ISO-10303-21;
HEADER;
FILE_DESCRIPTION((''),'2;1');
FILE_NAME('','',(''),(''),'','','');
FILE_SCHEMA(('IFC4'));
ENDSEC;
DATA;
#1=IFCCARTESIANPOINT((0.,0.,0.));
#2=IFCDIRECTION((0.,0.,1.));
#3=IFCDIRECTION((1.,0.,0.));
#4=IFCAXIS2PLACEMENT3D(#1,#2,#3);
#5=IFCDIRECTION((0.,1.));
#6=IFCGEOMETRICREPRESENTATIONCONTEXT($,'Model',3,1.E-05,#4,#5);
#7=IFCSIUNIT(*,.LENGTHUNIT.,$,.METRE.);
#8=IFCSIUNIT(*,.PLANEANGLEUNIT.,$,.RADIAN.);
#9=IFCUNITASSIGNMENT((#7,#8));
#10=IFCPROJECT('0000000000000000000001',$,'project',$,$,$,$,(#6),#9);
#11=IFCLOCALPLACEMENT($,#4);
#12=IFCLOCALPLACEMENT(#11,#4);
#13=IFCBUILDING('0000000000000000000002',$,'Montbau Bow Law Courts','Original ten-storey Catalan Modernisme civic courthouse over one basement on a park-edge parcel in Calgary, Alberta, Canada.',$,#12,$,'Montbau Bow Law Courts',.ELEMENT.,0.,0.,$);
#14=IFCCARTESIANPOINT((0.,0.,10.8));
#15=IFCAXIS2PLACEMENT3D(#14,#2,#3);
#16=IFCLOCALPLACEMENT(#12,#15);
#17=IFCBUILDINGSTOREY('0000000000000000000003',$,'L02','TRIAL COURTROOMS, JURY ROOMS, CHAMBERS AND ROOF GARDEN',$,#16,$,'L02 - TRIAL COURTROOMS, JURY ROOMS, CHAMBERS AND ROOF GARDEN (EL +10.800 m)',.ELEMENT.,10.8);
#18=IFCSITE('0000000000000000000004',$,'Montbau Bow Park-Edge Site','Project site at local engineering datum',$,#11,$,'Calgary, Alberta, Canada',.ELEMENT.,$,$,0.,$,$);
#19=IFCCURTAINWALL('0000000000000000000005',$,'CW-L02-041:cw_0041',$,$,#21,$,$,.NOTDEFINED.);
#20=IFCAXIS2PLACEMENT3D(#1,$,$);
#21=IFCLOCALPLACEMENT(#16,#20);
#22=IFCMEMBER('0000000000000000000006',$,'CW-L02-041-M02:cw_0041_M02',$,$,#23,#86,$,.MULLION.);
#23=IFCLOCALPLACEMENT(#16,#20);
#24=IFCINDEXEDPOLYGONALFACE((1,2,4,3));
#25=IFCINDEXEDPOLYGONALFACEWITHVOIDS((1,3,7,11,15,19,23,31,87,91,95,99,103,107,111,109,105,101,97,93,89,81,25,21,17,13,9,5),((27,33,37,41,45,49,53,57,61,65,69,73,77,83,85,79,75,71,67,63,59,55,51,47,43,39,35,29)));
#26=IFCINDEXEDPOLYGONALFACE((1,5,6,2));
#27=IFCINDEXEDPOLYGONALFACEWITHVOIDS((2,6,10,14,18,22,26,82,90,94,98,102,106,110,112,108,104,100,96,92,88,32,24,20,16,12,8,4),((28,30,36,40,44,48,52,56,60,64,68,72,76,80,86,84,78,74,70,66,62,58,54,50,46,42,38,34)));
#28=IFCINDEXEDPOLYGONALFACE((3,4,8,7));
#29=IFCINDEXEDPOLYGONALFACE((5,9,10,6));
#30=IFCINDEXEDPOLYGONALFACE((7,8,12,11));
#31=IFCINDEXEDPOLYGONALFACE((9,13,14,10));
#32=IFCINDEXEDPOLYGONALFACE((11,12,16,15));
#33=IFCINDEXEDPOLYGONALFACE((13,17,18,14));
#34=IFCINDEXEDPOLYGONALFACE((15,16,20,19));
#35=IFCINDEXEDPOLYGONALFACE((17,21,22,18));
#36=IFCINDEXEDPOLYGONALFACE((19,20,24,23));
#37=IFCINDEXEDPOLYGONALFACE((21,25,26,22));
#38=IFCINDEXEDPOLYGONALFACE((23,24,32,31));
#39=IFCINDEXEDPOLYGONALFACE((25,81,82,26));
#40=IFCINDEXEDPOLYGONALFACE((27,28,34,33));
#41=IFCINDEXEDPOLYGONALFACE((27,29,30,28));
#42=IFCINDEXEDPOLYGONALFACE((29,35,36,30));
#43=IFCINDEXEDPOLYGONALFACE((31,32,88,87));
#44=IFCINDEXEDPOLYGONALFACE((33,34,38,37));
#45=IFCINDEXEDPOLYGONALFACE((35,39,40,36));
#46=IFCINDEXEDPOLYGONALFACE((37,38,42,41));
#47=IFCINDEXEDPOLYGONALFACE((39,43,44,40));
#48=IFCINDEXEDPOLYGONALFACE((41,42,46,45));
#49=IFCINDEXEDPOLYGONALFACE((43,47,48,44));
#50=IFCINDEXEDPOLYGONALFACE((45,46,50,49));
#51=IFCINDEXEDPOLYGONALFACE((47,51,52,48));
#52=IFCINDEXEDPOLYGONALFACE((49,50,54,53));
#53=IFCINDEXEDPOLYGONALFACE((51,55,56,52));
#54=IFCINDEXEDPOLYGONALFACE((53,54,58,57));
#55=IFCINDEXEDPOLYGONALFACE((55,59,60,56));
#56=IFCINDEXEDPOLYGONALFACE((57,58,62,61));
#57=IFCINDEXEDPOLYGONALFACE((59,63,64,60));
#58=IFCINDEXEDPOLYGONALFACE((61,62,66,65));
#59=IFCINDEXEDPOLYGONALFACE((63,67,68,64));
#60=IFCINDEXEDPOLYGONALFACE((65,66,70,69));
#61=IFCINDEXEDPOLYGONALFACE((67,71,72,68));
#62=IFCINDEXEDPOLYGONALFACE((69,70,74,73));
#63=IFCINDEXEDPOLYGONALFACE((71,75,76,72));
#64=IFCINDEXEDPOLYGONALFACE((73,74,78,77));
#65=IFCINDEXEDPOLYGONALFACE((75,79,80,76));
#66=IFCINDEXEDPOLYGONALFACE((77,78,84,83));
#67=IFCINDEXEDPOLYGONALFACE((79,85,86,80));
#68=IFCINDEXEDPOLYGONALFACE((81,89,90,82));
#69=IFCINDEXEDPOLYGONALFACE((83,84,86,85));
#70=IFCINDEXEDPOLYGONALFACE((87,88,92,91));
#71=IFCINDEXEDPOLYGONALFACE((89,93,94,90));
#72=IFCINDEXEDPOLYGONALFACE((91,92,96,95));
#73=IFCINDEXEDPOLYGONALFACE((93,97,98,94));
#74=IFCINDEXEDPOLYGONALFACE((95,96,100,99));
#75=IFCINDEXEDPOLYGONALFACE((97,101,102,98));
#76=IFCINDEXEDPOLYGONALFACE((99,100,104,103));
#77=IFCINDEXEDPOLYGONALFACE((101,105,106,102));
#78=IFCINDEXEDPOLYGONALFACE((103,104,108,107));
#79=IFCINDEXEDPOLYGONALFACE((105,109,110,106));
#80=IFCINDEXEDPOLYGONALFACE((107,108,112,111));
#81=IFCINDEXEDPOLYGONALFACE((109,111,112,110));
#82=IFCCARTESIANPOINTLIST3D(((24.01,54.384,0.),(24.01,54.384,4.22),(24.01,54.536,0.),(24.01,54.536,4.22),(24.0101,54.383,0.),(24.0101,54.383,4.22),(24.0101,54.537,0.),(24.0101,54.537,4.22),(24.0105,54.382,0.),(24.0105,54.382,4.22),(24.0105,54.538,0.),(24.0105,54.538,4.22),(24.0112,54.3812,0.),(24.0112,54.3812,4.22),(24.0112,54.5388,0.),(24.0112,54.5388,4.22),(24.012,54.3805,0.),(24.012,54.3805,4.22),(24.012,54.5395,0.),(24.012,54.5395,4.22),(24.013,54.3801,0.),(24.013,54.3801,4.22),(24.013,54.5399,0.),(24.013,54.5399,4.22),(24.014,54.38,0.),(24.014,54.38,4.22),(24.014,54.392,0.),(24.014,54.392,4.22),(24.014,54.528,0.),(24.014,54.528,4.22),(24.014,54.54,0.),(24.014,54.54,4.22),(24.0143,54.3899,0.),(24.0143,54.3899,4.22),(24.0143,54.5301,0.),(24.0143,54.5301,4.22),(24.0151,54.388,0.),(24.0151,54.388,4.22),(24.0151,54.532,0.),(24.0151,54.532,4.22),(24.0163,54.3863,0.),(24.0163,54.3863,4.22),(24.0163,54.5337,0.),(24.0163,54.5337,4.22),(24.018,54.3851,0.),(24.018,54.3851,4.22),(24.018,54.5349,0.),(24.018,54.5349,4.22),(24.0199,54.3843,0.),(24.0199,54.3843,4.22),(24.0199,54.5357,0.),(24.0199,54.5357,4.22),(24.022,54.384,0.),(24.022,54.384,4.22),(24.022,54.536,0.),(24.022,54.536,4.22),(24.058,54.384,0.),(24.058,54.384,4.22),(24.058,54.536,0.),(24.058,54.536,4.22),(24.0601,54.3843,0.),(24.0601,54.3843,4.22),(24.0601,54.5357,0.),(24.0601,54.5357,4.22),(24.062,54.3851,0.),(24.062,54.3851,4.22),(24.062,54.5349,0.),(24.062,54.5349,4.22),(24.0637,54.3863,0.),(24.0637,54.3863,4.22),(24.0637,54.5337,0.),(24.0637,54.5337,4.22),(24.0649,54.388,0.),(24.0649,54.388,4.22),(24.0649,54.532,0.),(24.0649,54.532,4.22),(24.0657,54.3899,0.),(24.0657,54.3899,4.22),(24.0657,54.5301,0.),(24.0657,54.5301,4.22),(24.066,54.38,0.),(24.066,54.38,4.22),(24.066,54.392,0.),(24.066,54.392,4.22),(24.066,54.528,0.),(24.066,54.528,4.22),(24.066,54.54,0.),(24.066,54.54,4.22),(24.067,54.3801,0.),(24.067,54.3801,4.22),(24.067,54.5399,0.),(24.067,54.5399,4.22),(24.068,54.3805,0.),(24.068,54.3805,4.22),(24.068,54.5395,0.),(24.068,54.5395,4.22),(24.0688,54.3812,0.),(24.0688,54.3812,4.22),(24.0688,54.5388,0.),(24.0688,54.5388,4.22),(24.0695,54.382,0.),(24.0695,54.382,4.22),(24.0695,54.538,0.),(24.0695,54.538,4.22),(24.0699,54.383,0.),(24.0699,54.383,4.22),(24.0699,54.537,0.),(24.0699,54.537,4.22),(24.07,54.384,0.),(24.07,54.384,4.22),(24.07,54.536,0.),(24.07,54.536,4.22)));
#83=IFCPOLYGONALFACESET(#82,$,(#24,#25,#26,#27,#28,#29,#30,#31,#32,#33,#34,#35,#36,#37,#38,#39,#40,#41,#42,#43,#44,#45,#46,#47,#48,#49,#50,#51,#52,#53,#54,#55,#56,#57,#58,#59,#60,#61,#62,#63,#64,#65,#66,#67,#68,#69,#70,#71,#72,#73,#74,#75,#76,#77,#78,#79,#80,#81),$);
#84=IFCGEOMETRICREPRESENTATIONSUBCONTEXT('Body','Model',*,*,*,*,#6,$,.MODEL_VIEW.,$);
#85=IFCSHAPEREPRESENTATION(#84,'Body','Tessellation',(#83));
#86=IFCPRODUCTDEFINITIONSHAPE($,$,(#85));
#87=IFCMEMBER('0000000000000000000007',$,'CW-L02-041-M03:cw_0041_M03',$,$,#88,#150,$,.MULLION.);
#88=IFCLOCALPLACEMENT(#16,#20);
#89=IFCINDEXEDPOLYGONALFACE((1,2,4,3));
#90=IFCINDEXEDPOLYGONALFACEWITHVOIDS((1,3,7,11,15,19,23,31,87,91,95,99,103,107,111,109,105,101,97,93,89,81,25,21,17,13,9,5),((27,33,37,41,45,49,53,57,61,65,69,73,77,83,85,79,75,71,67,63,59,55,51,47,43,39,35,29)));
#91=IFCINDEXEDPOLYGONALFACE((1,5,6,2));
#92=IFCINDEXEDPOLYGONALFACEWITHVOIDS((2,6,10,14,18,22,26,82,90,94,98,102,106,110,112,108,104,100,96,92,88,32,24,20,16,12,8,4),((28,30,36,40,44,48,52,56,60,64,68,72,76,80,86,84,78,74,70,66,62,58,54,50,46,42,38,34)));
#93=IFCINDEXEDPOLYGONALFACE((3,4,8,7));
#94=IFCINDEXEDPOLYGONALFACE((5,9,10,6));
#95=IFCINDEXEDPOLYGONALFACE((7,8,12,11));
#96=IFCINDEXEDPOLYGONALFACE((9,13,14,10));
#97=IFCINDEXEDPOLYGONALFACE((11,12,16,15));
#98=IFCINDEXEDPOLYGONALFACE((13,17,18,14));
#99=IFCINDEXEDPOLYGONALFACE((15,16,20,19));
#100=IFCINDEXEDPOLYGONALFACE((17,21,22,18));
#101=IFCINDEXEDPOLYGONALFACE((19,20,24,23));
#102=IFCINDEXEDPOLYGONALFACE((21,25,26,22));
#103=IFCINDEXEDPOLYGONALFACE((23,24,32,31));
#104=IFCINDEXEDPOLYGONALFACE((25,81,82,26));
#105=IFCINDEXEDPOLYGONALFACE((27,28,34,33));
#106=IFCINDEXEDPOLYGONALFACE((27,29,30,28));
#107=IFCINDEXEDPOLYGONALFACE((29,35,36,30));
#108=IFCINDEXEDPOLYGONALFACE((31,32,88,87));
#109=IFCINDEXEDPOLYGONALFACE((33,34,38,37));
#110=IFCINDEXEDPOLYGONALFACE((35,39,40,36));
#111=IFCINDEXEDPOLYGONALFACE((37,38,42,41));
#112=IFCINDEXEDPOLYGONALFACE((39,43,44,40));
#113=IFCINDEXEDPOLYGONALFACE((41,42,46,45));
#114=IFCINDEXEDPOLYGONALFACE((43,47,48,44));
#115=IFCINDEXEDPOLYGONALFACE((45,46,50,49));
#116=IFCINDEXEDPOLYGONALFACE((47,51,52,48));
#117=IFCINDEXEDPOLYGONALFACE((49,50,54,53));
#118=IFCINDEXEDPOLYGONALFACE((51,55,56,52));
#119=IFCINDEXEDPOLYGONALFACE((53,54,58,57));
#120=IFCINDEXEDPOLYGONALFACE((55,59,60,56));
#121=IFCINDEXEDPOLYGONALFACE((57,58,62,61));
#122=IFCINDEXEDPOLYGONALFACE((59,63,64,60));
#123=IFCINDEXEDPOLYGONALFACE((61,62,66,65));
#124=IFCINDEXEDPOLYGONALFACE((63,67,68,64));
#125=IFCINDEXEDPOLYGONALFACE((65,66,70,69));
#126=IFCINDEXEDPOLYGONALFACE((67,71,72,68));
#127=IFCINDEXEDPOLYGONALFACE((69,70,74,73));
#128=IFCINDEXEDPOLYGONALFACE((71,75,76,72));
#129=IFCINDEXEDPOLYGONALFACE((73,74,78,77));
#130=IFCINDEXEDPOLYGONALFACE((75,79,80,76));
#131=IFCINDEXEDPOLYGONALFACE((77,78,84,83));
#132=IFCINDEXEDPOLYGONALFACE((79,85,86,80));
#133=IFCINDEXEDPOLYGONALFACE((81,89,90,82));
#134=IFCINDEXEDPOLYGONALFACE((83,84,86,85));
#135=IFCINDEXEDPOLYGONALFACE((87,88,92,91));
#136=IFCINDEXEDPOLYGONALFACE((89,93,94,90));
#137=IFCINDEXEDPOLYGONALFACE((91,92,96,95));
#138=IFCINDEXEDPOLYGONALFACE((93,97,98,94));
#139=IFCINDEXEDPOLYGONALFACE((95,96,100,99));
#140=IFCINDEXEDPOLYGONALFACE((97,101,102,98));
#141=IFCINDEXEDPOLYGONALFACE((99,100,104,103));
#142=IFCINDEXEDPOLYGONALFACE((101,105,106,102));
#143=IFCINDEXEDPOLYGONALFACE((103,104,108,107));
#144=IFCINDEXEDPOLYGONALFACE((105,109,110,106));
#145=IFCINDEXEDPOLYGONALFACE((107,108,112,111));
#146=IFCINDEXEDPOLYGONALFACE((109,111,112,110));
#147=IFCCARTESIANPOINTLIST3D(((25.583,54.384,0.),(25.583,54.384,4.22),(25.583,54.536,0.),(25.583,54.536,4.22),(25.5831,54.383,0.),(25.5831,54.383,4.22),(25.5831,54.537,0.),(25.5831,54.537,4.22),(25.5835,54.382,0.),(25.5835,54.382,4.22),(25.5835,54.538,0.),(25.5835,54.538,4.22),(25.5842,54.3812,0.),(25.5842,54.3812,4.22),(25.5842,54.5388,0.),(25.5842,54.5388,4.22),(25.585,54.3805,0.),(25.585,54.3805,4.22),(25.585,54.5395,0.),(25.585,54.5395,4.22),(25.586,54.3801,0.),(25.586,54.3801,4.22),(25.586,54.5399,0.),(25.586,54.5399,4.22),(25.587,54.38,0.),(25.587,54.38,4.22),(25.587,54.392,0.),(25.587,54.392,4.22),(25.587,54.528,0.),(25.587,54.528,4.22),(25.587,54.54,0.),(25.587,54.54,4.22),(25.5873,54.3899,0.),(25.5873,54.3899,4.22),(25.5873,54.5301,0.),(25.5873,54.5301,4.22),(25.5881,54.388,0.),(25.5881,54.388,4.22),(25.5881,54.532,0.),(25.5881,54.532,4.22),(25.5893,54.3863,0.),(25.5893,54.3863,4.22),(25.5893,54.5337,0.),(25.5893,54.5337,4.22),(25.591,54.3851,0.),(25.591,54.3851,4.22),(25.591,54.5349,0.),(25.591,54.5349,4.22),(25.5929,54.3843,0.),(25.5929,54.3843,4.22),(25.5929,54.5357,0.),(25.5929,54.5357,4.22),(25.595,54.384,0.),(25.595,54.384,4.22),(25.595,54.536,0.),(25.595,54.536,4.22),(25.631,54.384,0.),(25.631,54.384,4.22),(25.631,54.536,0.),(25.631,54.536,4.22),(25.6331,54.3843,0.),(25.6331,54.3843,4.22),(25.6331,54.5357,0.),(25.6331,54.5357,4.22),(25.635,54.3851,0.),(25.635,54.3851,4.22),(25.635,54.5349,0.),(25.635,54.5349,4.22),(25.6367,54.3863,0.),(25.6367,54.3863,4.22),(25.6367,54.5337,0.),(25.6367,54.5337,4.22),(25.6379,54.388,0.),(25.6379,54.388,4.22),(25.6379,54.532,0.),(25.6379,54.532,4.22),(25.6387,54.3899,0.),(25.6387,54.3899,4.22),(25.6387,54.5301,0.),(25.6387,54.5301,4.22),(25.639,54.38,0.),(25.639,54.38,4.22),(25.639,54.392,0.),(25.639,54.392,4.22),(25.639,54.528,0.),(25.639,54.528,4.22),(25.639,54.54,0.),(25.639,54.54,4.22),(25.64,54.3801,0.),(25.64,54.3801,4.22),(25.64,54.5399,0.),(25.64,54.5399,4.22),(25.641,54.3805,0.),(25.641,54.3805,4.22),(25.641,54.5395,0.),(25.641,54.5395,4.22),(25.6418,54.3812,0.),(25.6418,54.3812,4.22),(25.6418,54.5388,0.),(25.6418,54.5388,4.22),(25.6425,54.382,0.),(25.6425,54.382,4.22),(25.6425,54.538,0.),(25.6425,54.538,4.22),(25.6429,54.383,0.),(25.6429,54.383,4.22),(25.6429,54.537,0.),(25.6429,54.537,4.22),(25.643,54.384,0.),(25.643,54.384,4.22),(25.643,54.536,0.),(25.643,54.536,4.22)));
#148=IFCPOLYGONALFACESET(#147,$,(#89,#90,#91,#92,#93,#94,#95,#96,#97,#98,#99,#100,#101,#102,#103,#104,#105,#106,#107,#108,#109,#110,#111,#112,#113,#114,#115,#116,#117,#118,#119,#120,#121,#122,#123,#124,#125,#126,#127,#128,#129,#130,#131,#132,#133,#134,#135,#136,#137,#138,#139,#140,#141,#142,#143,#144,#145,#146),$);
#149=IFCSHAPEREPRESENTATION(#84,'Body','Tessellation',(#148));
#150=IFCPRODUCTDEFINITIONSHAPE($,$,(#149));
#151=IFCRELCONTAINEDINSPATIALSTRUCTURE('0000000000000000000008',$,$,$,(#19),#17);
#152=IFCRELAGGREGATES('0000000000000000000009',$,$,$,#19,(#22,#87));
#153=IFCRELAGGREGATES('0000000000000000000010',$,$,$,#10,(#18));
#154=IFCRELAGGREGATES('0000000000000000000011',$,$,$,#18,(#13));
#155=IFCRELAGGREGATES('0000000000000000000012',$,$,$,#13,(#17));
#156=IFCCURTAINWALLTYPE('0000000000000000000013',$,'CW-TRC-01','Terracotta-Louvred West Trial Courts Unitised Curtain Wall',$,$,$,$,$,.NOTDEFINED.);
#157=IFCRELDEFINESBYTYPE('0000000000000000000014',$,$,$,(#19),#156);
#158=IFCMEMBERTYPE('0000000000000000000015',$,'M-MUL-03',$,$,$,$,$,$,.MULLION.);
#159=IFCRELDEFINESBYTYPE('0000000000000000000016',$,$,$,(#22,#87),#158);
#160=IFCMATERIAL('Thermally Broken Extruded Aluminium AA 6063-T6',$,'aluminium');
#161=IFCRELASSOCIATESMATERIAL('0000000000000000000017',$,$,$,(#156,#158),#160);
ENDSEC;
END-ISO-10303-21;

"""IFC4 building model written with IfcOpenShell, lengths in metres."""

from ifc_helpers import new_model, si_unit, direction, frame, origin_with_axes, origin_2d_with_axis, place, context, subcontext, project, spatial, hollow_rectangle, extrude, material, material_profile, profile_set, type_object, element, aggregate, save


model = new_model("IFC4")

# Units and contexts
model_context = context("Model", 3, precision=1e-05, world=origin_with_axes(), true_north=direction((0.0, 1.0)))
body_context = subcontext(model_context, "Body", "Model", "MODEL_VIEW")
ifc_project = project(units=[si_unit("LENGTHUNIT", "METRE"), si_unit("PLANEANGLEUNIT", "RADIAN")], contexts=[model_context])

# Site, building, storey
site_placement = place(None, origin_with_axes())
site = spatial("IfcSite", under=ifc_project, at=site_placement, Name="Montbau Bow Park-Edge Site", Description="Project site at local engineering datum", LongName="Calgary, Alberta, Canada", CompositionType="ELEMENT", RefElevation=0.0)
building_placement = place(site_placement, origin_with_axes())
building = spatial("IfcBuilding", under=site, at=building_placement, Name="Montbau Bow Law Courts", Description="Original ten-storey Catalan Modernisme civic courthouse over one basement on a park-edge parcel in Calgary, Alberta, Canada.", LongName="Montbau Bow Law Courts", CompositionType="ELEMENT", ElevationOfRefHeight=0.0, ElevationOfTerrain=0.0)
storey_placement = place(building_placement, frame((0.0, 0.0, 10.8), z_axis=(0.0, 0.0, 1.0), x_axis=(1.0, 0.0, 0.0)))
storey = spatial("IfcBuildingStorey", under=building, at=storey_placement, Name="L02", Description="TRIAL COURTROOMS, JURY ROOMS, CHAMBERS AND ROOF GARDEN", LongName="L02 - TRIAL COURTROOMS, JURY ROOMS, CHAMBERS AND ROOF GARDEN (EL +10.800 m)", CompositionType="ELEMENT", Elevation=10.8)

# Curtain wall, members
ifc_material_1 = material(Name="Thermally Broken Extruded Aluminium AA 6063-T6", Category="aluminium")
curtain_wall_type = type_object("IfcCurtainWallType", Name="CW-TRC-01", Description="Terracotta-Louvred West Trial Courts Unitised Curtain Wall", PredefinedType="NOTDEFINED", material=ifc_material_1)
curtain_wall_placement = place(None, frame((22.467, 54.46, 10.8), z_axis=(0.0, 0.0, 1.0), x_axis=(1.0, 0.0, 0.0)))
curtain_wall = element("IfcCurtainWall", 1, at=curtain_wall_placement, inside=storey, type_object=curtain_wall_type, Name="CW-L02-041:cw_0041", PredefinedType="NOTDEFINED")
ifc_material_profile_1 = material_profile(ifc_material_1, hollow_rectangle(XDim=0.06, YDim=0.16, WallThickness=0.004, InnerFilletRadius=0.008, OuterFilletRadius=0.004, at=origin_2d_with_axis()), Name="CWM-160X60", Category="Main", Priority=0)
ifc_profile_set_1 = profile_set([ifc_material_profile_1], Name="Thermally Broken Extruded Aluminium AA 6063-T6")
member_type_1 = type_object("IfcMemberType", Name="M-MUL-03", PredefinedType="MULLION", material=ifc_profile_set_1)
member_1_placement = place(None, frame((24.04, 54.46, 10.8), z_axis=(0.0, 0.0, 1.0), x_axis=(1.0, 0.0, 0.0)))
member_1 = element("IfcMember", 2, at=member_1_placement, type_object=member_type_1, Name="CW-L02-041-M02:cw_0041_M02", PredefinedType="MULLION", context=body_context, shape_type="SweptSolid", body=[
    extrude(hollow_rectangle(XDim=0.06, YDim=0.16, WallThickness=0.004, InnerFilletRadius=0.008, OuterFilletRadius=0.004, at=origin_2d_with_axis()), origin_with_axes(), (0.0, 0.0, 1.0), 4.22),
])
member_2_placement = place(None, frame((25.613, 54.46, 10.8), z_axis=(0.0, 0.0, 1.0), x_axis=(1.0, 0.0, 0.0)))
member_2 = element("IfcMember", 3, at=member_2_placement, type_object=member_type_1, Name="CW-L02-041-M03:cw_0041_M03", PredefinedType="MULLION", context=body_context, shape_type="SweptSolid", body=[
    extrude(hollow_rectangle(XDim=0.06, YDim=0.16, WallThickness=0.004, InnerFilletRadius=0.008, OuterFilletRadius=0.004, at=origin_2d_with_axis()), origin_with_axes(), (0.0, 0.0, 1.0), 4.22),
])
aggregate(curtain_wall, [member_1, member_2])

save(model, "model.ifc")
